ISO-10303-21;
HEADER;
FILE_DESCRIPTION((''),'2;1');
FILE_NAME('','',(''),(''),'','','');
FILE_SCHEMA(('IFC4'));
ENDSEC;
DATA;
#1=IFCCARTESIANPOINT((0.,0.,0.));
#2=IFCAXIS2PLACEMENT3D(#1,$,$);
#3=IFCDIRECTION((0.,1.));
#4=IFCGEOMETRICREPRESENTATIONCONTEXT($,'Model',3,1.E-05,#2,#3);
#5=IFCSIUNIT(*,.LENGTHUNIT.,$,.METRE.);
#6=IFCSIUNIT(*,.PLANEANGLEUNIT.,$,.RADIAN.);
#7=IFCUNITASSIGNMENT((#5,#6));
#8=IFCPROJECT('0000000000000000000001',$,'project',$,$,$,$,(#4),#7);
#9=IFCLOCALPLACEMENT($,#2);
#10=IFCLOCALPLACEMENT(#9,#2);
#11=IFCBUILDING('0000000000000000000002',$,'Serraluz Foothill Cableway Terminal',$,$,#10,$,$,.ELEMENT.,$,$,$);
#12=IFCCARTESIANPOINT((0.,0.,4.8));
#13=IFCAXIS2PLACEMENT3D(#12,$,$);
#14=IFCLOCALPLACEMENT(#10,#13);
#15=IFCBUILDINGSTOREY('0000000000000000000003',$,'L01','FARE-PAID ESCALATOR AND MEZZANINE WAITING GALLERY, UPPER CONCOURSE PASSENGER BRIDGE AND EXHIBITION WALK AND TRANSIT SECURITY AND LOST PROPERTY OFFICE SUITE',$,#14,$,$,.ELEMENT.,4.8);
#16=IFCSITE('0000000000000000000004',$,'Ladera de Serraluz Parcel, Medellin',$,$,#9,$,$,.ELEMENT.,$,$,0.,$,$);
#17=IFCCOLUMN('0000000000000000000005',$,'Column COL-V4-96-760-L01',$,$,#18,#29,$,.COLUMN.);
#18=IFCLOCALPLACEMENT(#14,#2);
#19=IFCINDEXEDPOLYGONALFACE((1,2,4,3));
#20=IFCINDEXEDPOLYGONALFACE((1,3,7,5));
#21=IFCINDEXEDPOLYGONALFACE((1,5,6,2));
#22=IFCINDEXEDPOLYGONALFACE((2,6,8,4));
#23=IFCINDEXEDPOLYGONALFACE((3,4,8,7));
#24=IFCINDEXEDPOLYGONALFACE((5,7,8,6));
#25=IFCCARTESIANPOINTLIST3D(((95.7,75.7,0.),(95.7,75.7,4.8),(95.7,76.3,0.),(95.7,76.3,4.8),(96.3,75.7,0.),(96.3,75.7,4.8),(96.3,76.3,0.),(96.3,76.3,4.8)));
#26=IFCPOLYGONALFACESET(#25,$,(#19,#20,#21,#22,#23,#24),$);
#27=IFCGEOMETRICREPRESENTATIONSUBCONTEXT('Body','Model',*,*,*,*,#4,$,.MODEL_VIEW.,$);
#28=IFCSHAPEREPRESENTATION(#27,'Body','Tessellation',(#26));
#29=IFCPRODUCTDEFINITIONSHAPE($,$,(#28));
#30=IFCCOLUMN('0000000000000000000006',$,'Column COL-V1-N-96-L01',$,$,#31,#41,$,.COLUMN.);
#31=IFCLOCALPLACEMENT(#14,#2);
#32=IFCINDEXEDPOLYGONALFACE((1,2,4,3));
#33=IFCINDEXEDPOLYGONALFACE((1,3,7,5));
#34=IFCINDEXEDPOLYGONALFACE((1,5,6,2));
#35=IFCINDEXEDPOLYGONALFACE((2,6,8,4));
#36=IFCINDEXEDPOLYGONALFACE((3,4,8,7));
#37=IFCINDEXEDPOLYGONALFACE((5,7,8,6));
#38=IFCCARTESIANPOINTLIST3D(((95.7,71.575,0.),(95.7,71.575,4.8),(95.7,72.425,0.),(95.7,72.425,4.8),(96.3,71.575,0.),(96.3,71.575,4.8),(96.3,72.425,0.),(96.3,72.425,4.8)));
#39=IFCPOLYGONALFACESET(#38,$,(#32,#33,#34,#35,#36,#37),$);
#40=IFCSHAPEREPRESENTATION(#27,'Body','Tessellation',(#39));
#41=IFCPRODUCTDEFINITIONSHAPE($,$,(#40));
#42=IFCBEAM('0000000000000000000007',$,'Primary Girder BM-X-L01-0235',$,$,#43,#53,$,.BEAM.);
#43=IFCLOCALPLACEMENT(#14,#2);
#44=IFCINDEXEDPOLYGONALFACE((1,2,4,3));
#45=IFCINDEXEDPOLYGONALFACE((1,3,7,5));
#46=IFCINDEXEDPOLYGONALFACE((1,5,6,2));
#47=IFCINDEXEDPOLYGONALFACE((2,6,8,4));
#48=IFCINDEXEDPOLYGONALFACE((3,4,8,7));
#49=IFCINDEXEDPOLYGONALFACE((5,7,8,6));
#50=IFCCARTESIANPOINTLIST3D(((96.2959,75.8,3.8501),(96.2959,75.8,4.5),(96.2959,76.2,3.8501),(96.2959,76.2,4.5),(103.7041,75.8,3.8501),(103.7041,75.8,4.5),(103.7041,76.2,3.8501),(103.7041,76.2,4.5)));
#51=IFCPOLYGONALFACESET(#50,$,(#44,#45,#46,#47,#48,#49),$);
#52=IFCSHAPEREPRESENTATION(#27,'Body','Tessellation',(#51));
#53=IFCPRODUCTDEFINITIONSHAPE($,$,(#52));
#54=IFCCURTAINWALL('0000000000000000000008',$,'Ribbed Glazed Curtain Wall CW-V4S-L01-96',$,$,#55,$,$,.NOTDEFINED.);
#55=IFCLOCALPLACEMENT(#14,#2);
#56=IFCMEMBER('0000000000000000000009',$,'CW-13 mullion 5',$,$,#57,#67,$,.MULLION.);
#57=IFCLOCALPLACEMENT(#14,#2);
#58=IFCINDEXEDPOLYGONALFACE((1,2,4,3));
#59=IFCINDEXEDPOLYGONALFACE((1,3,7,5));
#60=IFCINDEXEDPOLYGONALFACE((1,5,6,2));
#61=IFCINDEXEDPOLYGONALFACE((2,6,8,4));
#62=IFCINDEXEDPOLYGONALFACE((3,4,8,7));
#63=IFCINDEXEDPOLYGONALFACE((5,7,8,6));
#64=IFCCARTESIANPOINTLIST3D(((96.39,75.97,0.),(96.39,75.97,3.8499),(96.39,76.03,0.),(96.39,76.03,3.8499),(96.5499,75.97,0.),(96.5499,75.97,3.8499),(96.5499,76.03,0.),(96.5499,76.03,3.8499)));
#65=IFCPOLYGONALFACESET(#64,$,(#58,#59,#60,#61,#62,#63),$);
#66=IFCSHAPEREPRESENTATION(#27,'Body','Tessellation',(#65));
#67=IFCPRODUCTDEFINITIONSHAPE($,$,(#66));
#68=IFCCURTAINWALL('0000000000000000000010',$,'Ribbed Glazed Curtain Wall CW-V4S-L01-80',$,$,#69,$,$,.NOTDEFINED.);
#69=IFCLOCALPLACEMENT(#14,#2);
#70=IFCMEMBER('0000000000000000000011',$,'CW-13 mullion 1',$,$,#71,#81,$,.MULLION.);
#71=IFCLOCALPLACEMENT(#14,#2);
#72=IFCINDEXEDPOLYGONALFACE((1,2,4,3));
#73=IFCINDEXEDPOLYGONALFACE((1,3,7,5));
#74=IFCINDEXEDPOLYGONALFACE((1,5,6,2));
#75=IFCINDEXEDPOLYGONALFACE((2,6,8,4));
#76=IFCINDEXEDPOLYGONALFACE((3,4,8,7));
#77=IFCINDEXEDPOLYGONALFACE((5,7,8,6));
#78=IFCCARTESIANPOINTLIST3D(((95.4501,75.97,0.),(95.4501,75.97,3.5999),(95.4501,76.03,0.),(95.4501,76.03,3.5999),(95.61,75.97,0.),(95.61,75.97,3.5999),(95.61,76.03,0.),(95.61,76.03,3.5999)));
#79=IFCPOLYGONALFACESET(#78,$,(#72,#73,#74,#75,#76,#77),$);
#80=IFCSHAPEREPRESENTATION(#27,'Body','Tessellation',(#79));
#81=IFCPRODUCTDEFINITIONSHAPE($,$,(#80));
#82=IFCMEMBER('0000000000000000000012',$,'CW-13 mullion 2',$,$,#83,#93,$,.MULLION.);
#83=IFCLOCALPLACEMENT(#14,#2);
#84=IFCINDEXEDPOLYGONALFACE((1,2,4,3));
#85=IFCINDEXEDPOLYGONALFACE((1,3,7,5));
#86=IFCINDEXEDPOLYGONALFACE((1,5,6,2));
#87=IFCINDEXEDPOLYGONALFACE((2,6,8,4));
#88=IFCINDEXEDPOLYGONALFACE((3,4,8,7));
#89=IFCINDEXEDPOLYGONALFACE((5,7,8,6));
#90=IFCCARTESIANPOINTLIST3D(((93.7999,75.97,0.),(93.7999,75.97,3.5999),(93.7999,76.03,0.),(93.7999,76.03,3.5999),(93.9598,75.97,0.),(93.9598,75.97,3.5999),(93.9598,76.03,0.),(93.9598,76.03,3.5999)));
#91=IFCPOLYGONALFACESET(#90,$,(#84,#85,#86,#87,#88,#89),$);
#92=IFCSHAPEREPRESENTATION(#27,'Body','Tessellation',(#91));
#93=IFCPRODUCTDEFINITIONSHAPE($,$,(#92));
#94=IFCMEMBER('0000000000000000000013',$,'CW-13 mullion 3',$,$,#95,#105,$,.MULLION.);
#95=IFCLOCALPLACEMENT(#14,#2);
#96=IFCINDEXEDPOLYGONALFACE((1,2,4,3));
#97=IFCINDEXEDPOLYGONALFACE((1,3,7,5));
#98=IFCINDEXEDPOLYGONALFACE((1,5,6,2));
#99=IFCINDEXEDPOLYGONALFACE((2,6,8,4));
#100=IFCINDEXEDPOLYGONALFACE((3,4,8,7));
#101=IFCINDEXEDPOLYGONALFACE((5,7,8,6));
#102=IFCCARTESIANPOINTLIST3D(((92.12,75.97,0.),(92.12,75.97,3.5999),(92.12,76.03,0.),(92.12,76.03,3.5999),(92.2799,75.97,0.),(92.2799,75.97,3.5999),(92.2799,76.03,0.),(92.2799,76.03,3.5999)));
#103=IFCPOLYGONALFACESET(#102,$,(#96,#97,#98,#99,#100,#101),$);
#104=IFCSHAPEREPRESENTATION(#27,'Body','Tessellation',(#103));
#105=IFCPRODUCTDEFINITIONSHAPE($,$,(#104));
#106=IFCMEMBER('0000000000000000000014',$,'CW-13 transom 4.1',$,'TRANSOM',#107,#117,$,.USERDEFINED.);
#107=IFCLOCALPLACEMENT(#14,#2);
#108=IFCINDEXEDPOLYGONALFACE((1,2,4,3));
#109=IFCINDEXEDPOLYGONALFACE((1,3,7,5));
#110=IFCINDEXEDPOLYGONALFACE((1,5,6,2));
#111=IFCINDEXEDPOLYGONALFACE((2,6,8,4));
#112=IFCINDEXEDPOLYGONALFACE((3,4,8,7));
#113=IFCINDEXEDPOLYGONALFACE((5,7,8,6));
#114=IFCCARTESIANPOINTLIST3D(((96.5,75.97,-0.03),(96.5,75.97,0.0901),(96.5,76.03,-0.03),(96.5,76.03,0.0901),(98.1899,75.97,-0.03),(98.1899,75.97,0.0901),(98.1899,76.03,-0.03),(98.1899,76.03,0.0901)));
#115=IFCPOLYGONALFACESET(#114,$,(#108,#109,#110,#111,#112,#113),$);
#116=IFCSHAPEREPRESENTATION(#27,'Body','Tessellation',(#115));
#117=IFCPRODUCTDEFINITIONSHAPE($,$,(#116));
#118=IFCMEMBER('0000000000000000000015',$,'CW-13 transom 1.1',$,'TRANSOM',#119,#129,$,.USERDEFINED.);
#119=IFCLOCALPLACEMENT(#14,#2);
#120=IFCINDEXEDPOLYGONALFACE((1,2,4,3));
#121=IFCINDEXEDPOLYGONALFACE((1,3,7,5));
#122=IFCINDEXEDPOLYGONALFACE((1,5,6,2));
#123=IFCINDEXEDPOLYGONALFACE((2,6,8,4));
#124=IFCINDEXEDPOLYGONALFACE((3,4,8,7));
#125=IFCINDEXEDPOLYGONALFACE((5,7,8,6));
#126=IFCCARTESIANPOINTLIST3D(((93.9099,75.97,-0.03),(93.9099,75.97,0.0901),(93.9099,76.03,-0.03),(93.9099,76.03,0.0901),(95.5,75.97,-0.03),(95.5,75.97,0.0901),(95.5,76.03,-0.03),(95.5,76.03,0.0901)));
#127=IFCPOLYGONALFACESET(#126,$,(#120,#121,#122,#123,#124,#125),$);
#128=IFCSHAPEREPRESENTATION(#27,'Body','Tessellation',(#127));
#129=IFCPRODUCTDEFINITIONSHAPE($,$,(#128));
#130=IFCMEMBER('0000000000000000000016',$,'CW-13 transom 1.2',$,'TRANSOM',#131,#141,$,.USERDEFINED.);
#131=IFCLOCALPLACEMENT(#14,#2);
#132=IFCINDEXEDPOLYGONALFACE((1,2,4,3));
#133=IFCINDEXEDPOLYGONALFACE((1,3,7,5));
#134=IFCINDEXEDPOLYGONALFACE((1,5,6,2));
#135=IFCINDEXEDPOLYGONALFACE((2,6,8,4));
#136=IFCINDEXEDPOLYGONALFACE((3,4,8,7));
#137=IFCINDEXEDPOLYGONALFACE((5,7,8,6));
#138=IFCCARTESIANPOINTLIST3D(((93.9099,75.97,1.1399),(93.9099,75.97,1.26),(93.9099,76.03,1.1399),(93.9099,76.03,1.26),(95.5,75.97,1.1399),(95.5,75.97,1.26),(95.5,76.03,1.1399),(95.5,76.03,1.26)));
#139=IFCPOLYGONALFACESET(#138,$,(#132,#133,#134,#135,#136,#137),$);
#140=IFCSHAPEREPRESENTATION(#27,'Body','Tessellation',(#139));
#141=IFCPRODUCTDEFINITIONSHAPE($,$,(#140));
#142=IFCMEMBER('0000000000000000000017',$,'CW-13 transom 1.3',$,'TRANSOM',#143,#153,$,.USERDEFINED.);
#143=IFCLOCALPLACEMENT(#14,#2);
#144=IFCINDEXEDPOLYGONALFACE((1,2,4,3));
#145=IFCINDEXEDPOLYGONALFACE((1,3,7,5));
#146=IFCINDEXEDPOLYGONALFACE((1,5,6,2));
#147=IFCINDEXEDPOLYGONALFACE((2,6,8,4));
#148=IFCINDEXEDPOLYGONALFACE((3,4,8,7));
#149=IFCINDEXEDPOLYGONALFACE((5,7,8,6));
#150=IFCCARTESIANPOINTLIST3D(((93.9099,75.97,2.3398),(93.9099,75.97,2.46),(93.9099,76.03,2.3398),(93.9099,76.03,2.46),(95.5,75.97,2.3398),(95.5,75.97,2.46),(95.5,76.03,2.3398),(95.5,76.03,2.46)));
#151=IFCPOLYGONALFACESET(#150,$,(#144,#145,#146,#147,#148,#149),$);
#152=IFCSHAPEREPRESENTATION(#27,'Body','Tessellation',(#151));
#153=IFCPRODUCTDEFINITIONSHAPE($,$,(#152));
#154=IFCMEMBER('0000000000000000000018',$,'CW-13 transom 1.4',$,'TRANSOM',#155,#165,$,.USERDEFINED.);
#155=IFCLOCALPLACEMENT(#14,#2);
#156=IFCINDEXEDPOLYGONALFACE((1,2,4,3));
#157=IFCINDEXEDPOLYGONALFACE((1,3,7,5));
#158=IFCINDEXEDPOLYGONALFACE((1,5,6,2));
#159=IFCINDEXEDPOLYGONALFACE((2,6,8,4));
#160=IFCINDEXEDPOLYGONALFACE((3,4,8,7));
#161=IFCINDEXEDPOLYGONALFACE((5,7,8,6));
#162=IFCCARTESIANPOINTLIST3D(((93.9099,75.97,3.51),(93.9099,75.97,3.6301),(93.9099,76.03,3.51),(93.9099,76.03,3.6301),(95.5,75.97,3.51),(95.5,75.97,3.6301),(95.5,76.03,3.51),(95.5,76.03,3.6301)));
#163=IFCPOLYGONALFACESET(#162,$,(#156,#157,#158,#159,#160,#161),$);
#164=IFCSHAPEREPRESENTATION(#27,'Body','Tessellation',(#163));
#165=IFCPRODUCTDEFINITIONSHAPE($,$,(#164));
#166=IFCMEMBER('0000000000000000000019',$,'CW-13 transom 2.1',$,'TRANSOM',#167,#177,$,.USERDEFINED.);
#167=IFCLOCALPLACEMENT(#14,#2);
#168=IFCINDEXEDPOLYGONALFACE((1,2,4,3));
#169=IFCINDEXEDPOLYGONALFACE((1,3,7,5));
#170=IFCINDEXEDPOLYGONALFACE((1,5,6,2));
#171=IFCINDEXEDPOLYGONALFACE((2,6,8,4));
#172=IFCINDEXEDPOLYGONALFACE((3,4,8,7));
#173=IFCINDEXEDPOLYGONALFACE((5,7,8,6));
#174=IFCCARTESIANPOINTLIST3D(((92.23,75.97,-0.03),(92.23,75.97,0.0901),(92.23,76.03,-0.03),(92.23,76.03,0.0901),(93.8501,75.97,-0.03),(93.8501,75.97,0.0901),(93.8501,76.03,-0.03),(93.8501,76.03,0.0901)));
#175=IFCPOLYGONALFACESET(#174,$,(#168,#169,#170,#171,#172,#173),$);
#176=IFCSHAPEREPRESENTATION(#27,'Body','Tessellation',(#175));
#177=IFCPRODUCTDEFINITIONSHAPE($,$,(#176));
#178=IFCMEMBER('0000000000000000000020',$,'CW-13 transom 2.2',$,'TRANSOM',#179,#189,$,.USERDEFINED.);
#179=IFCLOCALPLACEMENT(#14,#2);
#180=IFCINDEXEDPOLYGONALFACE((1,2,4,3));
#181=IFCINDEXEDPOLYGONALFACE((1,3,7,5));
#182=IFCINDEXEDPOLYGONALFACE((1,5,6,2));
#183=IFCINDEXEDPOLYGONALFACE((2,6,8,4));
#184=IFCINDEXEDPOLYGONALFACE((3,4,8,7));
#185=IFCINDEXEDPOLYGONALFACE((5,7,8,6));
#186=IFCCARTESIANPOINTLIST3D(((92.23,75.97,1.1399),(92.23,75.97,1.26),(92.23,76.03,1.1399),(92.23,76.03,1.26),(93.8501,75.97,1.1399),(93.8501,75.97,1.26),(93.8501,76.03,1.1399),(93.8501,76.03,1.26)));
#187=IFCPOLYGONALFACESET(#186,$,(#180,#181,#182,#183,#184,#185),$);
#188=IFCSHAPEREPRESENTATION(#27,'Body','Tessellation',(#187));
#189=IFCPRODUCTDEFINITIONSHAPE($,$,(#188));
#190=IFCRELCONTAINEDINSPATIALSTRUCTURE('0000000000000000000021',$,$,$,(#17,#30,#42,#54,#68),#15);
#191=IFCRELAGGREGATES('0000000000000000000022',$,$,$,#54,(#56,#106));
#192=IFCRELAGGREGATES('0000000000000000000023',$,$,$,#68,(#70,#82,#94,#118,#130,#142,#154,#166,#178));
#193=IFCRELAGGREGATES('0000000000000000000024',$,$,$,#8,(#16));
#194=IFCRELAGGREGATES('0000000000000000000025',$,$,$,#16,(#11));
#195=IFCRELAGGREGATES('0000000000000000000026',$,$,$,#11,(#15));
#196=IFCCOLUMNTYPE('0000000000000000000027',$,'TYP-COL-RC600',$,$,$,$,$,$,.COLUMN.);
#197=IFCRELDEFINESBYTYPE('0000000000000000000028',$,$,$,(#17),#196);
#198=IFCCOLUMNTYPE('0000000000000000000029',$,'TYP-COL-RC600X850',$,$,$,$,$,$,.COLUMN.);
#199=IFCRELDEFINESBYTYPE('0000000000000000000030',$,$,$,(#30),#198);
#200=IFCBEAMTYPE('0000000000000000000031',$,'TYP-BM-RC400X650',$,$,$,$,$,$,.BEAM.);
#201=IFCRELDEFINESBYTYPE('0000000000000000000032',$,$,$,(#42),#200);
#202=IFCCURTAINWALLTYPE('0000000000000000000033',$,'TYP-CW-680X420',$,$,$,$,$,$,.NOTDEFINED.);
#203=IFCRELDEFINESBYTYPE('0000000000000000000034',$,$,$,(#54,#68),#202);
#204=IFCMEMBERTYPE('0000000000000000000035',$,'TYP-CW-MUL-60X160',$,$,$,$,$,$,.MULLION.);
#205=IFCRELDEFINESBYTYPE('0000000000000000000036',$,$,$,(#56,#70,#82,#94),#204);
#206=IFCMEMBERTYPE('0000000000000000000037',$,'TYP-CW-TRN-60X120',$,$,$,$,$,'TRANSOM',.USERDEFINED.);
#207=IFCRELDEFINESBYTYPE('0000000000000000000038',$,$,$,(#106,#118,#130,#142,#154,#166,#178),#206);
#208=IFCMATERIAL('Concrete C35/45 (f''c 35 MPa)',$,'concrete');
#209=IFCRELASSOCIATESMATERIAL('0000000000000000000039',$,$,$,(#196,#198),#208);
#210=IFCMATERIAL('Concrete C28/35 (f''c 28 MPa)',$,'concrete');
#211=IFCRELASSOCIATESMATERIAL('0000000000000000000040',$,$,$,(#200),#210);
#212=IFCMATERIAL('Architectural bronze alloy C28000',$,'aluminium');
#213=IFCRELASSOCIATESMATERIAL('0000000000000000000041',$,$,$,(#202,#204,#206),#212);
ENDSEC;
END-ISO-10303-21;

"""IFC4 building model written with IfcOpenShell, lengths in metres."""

from ifc_helpers import new_model, si_unit, direction, frame, origin, origin_2d, place, context, subcontext, project, spatial, rectangle, extrude, material, material_profile, profile_set, type_object, element, aggregate, save


model = new_model("IFC4")

# Units and contexts
model_context = context("Model", 3, precision=1e-05, world=origin(), true_north=direction((0.0, 1.0)))
body_context = subcontext(model_context, "Body", "Model", "MODEL_VIEW")
ifc_project = project(units=[si_unit("LENGTHUNIT", "METRE"), si_unit("PLANEANGLEUNIT", "RADIAN")], contexts=[model_context])

# Site, building, storey
site_placement = place(None, origin())
site = spatial("IfcSite", under=ifc_project, at=site_placement, Name="Ladera de Serraluz Parcel, Medellin", CompositionType="ELEMENT", RefElevation=0.0)
building_placement = place(site_placement, origin())
building = spatial("IfcBuilding", under=site, at=building_placement, Name="Serraluz Foothill Cableway Terminal", CompositionType="ELEMENT")
storey_placement = place(building_placement, frame((0.0, 0.0, 4.8)))
storey = spatial("IfcBuildingStorey", under=building, at=storey_placement, Name="L01", Description="FARE-PAID ESCALATOR AND MEZZANINE WAITING GALLERY, UPPER CONCOURSE PASSENGER BRIDGE AND EXHIBITION WALK AND TRANSIT SECURITY AND LOST PROPERTY OFFICE SUITE", CompositionType="ELEMENT", Elevation=4.8)

# Columns
ifc_material_1 = material(Name="Concrete C35/45 (f'c 35 MPa)", Category="concrete")
ifc_material_profile_1 = material_profile(ifc_material_1, rectangle(XDim=0.6001, YDim=0.6001, at=origin_2d()), Name="RC 600x600")
ifc_profile_set_1 = profile_set([ifc_material_profile_1], Name="Concrete C35/45 (f'c 35 MPa)")
column_type_1 = type_object("IfcColumnType", Name="TYP-COL-RC600", PredefinedType="COLUMN", material=ifc_profile_set_1)
column_1_placement = place(storey_placement, frame((96.0, 76.0, 0.0), z_axis=(0.0, 0.0, 1.0), x_axis=(1.0, 0.0, 0.0)))
element("IfcColumn", 1, at=column_1_placement, inside=storey, type_object=column_type_1, Name="Column COL-V4-96-760-L01", PredefinedType="COLUMN", context=body_context, shape_type="SweptSolid", body=[
    extrude(rectangle(XDim=0.6001, YDim=0.6001, at=origin_2d()), origin(), (0.0, 0.0, 1.0), 4.8),
])
ifc_material_profile_2 = material_profile(ifc_material_1, rectangle(XDim=0.6001, YDim=0.8501, at=origin_2d()), Name="RC 600x850")
ifc_profile_set_2 = profile_set([ifc_material_profile_2], Name="Concrete C35/45 (f'c 35 MPa)")
column_type_2 = type_object("IfcColumnType", Name="TYP-COL-RC600X850", PredefinedType="COLUMN", material=ifc_profile_set_2)
column_2_placement = place(storey_placement, frame((96.0, 72.0, 0.0), z_axis=(0.0, 0.0, 1.0), x_axis=(1.0, 0.0, 0.0)))
element("IfcColumn", 2, at=column_2_placement, inside=storey, type_object=column_type_2, Name="Column COL-V1-N-96-L01", PredefinedType="COLUMN", context=body_context, shape_type="SweptSolid", body=[
    extrude(rectangle(XDim=0.6001, YDim=0.8501, at=origin_2d()), origin(), (0.0, 0.0, 1.0), 4.8),
])

# Beam
ifc_material_2 = material(Name="Concrete C28/35 (f'c 28 MPa)", Category="concrete")
ifc_material_profile_3 = material_profile(ifc_material_2, rectangle(XDim=0.3999, YDim=0.6499, at=origin_2d()), Name="RC 400x650")
ifc_profile_set_3 = profile_set([ifc_material_profile_3], Name="Concrete C28/35 (f'c 28 MPa)")
beam_type_1 = type_object("IfcBeamType", Name="TYP-BM-RC400X650", PredefinedType="BEAM", material=ifc_profile_set_3)
beam_1_placement = place(storey_placement, frame((96.2959, 76.0, 4.175), z_axis=(1.0, 0.0, 0.0), x_axis=(0.0, 1.0, 0.0)))
element("IfcBeam", 3, at=beam_1_placement, inside=storey, type_object=beam_type_1, Name="Primary Girder BM-X-L01-0235", PredefinedType="BEAM", context=body_context, shape_type="SweptSolid", body=[
    extrude(rectangle(XDim=0.3999, YDim=0.6499, at=origin_2d()), origin(), (0.0, 0.0, 1.0), 7.4082),
])

# Curtain wall, member
ifc_material_3 = material(Name="Architectural bronze alloy C28000", Category="aluminium")
curtain_wall_type = type_object("IfcCurtainWallType", Name="TYP-CW-680X420", PredefinedType="NOTDEFINED", material=ifc_material_3)
curtain_wall_1_placement = place(storey_placement, origin())
curtain_wall_1 = element("IfcCurtainWall", 4, at=curtain_wall_1_placement, inside=storey, type_object=curtain_wall_type, Name="Ribbed Glazed Curtain Wall CW-V4S-L01-96", PredefinedType="NOTDEFINED")
ifc_material_profile_4 = material_profile(ifc_material_3, rectangle(XDim=0.0601, YDim=0.1599, at=origin_2d()), Name="ALU MULLION 60x160")
ifc_profile_set_4 = profile_set([ifc_material_profile_4], Name="Architectural bronze alloy C28000")
member_type_1 = type_object("IfcMemberType", Name="TYP-CW-MUL-60X160", PredefinedType="MULLION", material=ifc_profile_set_4)
member_1_placement = place(storey_placement, frame((96.47, 76.0, 0.0), z_axis=(0.0, 0.0, 1.0), x_axis=(0.0, -1.0, 0.0)))
member_1 = element("IfcMember", 5, at=member_1_placement, type_object=member_type_1, Name="CW-13 mullion 5", PredefinedType="MULLION", context=body_context, shape_type="SweptSolid", body=[
    extrude(rectangle(XDim=0.0601, YDim=0.1599, at=origin_2d()), origin(), (0.0, 0.0, 1.0), 3.8499),
])

# Curtain wall, members
curtain_wall_2_placement = place(storey_placement, origin())
curtain_wall_2 = element("IfcCurtainWall", 6, at=curtain_wall_2_placement, inside=storey, type_object=curtain_wall_type, Name="Ribbed Glazed Curtain Wall CW-V4S-L01-80", PredefinedType="NOTDEFINED")
member_2_placement = place(storey_placement, frame((95.53, 76.0, 0.0), z_axis=(0.0, 0.0, 1.0), x_axis=(0.0, -1.0, 0.0)))
member_2 = element("IfcMember", 7, at=member_2_placement, type_object=member_type_1, Name="CW-13 mullion 1", PredefinedType="MULLION", context=body_context, shape_type="SweptSolid", body=[
    extrude(rectangle(XDim=0.0601, YDim=0.1599, at=origin_2d()), origin(), (0.0, 0.0, 1.0), 3.5999),
])
member_3_placement = place(storey_placement, frame((93.8799, 76.0, 0.0), z_axis=(0.0, 0.0, 1.0), x_axis=(0.0, -1.0, 0.0)))
member_3 = element("IfcMember", 8, at=member_3_placement, type_object=member_type_1, Name="CW-13 mullion 2", PredefinedType="MULLION", context=body_context, shape_type="SweptSolid", body=[
    extrude(rectangle(XDim=0.0601, YDim=0.1599, at=origin_2d()), origin(), (0.0, 0.0, 1.0), 3.5999),
])
member_4_placement = place(storey_placement, frame((92.2, 76.0, 0.0), z_axis=(0.0, 0.0, 1.0), x_axis=(0.0, -1.0, 0.0)))
member_4 = element("IfcMember", 9, at=member_4_placement, type_object=member_type_1, Name="CW-13 mullion 3", PredefinedType="MULLION", context=body_context, shape_type="SweptSolid", body=[
    extrude(rectangle(XDim=0.0601, YDim=0.1599, at=origin_2d()), origin(), (0.0, 0.0, 1.0), 3.5999),
])

# Members
ifc_material_profile_5 = material_profile(ifc_material_3, rectangle(XDim=0.0601, YDim=0.1201, at=origin_2d()), Name="ALU TRANSOM 60x120")
ifc_profile_set_5 = profile_set([ifc_material_profile_5], Name="Architectural bronze alloy C28000")
member_type_2 = type_object("IfcMemberType", Name="TYP-CW-TRN-60X120", ElementType="TRANSOM", PredefinedType="USERDEFINED", material=ifc_profile_set_5)
member_5_placement = place(storey_placement, frame((98.1899, 76.0, 0.03), z_axis=(-1.0, 0.0, 0.0), x_axis=(0.0, -1.0, 0.0)))
member_5 = element("IfcMember", 10, at=member_5_placement, type_object=member_type_2, Name="CW-13 transom 4.1", ObjectType="TRANSOM", PredefinedType="USERDEFINED", context=body_context, shape_type="SweptSolid", body=[
    extrude(rectangle(XDim=0.0601, YDim=0.1201, at=origin_2d()), origin(), (0.0, 0.0, 1.0), 1.6899),
])
member_6_placement = place(storey_placement, frame((95.5, 76.0, 0.03), z_axis=(-1.0, 0.0, 0.0), x_axis=(0.0, -1.0, 0.0)))
member_6 = element("IfcMember", 11, at=member_6_placement, type_object=member_type_2, Name="CW-13 transom 1.1", ObjectType="TRANSOM", PredefinedType="USERDEFINED", context=body_context, shape_type="SweptSolid", body=[
    extrude(rectangle(XDim=0.0601, YDim=0.1201, at=origin_2d()), origin(), (0.0, 0.0, 1.0), 1.5901),
])
member_7_placement = place(storey_placement, frame((95.5, 76.0, 1.2), z_axis=(-1.0, 0.0, 0.0), x_axis=(0.0, -1.0, 0.0)))
member_7 = element("IfcMember", 12, at=member_7_placement, type_object=member_type_2, Name="CW-13 transom 1.2", ObjectType="TRANSOM", PredefinedType="USERDEFINED", context=body_context, shape_type="SweptSolid", body=[
    extrude(rectangle(XDim=0.0601, YDim=0.1201, at=origin_2d()), origin(), (0.0, 0.0, 1.0), 1.5901),
])
member_8_placement = place(storey_placement, frame((95.5, 76.0, 2.3999), z_axis=(-1.0, 0.0, 0.0), x_axis=(0.0, -1.0, 0.0)))
member_8 = element("IfcMember", 13, at=member_8_placement, type_object=member_type_2, Name="CW-13 transom 1.3", ObjectType="TRANSOM", PredefinedType="USERDEFINED", context=body_context, shape_type="SweptSolid", body=[
    extrude(rectangle(XDim=0.0601, YDim=0.1201, at=origin_2d()), origin(), (0.0, 0.0, 1.0), 1.5901),
])
member_9_placement = place(storey_placement, frame((95.5, 76.0, 3.5701), z_axis=(-1.0, 0.0, 0.0), x_axis=(0.0, -1.0, 0.0)))
member_9 = element("IfcMember", 14, at=member_9_placement, type_object=member_type_2, Name="CW-13 transom 1.4", ObjectType="TRANSOM", PredefinedType="USERDEFINED", context=body_context, shape_type="SweptSolid", body=[
    extrude(rectangle(XDim=0.0601, YDim=0.1201, at=origin_2d()), origin(), (0.0, 0.0, 1.0), 1.5901),
])
member_10_placement = place(storey_placement, frame((93.8501, 76.0, 0.03), z_axis=(-1.0, 0.0, 0.0), x_axis=(0.0, -1.0, 0.0)))
member_10 = element("IfcMember", 15, at=member_10_placement, type_object=member_type_2, Name="CW-13 transom 2.1", ObjectType="TRANSOM", PredefinedType="USERDEFINED", context=body_context, shape_type="SweptSolid", body=[
    extrude(rectangle(XDim=0.0601, YDim=0.1201, at=origin_2d()), origin(), (0.0, 0.0, 1.0), 1.6201),
])
member_11_placement = place(storey_placement, frame((93.8501, 76.0, 1.2), z_axis=(-1.0, 0.0, 0.0), x_axis=(0.0, -1.0, 0.0)))
member_11 = element("IfcMember", 16, at=member_11_placement, type_object=member_type_2, Name="CW-13 transom 2.2", ObjectType="TRANSOM", PredefinedType="USERDEFINED", context=body_context, shape_type="SweptSolid", body=[
    extrude(rectangle(XDim=0.0601, YDim=0.1201, at=origin_2d()), origin(), (0.0, 0.0, 1.0), 1.6201),
])

aggregate(curtain_wall_1, [member_1, member_5])
aggregate(curtain_wall_2, [member_2, member_3, member_4, member_6, member_7, member_8, member_9, member_10, member_11])

save(model, "model.ifc")
